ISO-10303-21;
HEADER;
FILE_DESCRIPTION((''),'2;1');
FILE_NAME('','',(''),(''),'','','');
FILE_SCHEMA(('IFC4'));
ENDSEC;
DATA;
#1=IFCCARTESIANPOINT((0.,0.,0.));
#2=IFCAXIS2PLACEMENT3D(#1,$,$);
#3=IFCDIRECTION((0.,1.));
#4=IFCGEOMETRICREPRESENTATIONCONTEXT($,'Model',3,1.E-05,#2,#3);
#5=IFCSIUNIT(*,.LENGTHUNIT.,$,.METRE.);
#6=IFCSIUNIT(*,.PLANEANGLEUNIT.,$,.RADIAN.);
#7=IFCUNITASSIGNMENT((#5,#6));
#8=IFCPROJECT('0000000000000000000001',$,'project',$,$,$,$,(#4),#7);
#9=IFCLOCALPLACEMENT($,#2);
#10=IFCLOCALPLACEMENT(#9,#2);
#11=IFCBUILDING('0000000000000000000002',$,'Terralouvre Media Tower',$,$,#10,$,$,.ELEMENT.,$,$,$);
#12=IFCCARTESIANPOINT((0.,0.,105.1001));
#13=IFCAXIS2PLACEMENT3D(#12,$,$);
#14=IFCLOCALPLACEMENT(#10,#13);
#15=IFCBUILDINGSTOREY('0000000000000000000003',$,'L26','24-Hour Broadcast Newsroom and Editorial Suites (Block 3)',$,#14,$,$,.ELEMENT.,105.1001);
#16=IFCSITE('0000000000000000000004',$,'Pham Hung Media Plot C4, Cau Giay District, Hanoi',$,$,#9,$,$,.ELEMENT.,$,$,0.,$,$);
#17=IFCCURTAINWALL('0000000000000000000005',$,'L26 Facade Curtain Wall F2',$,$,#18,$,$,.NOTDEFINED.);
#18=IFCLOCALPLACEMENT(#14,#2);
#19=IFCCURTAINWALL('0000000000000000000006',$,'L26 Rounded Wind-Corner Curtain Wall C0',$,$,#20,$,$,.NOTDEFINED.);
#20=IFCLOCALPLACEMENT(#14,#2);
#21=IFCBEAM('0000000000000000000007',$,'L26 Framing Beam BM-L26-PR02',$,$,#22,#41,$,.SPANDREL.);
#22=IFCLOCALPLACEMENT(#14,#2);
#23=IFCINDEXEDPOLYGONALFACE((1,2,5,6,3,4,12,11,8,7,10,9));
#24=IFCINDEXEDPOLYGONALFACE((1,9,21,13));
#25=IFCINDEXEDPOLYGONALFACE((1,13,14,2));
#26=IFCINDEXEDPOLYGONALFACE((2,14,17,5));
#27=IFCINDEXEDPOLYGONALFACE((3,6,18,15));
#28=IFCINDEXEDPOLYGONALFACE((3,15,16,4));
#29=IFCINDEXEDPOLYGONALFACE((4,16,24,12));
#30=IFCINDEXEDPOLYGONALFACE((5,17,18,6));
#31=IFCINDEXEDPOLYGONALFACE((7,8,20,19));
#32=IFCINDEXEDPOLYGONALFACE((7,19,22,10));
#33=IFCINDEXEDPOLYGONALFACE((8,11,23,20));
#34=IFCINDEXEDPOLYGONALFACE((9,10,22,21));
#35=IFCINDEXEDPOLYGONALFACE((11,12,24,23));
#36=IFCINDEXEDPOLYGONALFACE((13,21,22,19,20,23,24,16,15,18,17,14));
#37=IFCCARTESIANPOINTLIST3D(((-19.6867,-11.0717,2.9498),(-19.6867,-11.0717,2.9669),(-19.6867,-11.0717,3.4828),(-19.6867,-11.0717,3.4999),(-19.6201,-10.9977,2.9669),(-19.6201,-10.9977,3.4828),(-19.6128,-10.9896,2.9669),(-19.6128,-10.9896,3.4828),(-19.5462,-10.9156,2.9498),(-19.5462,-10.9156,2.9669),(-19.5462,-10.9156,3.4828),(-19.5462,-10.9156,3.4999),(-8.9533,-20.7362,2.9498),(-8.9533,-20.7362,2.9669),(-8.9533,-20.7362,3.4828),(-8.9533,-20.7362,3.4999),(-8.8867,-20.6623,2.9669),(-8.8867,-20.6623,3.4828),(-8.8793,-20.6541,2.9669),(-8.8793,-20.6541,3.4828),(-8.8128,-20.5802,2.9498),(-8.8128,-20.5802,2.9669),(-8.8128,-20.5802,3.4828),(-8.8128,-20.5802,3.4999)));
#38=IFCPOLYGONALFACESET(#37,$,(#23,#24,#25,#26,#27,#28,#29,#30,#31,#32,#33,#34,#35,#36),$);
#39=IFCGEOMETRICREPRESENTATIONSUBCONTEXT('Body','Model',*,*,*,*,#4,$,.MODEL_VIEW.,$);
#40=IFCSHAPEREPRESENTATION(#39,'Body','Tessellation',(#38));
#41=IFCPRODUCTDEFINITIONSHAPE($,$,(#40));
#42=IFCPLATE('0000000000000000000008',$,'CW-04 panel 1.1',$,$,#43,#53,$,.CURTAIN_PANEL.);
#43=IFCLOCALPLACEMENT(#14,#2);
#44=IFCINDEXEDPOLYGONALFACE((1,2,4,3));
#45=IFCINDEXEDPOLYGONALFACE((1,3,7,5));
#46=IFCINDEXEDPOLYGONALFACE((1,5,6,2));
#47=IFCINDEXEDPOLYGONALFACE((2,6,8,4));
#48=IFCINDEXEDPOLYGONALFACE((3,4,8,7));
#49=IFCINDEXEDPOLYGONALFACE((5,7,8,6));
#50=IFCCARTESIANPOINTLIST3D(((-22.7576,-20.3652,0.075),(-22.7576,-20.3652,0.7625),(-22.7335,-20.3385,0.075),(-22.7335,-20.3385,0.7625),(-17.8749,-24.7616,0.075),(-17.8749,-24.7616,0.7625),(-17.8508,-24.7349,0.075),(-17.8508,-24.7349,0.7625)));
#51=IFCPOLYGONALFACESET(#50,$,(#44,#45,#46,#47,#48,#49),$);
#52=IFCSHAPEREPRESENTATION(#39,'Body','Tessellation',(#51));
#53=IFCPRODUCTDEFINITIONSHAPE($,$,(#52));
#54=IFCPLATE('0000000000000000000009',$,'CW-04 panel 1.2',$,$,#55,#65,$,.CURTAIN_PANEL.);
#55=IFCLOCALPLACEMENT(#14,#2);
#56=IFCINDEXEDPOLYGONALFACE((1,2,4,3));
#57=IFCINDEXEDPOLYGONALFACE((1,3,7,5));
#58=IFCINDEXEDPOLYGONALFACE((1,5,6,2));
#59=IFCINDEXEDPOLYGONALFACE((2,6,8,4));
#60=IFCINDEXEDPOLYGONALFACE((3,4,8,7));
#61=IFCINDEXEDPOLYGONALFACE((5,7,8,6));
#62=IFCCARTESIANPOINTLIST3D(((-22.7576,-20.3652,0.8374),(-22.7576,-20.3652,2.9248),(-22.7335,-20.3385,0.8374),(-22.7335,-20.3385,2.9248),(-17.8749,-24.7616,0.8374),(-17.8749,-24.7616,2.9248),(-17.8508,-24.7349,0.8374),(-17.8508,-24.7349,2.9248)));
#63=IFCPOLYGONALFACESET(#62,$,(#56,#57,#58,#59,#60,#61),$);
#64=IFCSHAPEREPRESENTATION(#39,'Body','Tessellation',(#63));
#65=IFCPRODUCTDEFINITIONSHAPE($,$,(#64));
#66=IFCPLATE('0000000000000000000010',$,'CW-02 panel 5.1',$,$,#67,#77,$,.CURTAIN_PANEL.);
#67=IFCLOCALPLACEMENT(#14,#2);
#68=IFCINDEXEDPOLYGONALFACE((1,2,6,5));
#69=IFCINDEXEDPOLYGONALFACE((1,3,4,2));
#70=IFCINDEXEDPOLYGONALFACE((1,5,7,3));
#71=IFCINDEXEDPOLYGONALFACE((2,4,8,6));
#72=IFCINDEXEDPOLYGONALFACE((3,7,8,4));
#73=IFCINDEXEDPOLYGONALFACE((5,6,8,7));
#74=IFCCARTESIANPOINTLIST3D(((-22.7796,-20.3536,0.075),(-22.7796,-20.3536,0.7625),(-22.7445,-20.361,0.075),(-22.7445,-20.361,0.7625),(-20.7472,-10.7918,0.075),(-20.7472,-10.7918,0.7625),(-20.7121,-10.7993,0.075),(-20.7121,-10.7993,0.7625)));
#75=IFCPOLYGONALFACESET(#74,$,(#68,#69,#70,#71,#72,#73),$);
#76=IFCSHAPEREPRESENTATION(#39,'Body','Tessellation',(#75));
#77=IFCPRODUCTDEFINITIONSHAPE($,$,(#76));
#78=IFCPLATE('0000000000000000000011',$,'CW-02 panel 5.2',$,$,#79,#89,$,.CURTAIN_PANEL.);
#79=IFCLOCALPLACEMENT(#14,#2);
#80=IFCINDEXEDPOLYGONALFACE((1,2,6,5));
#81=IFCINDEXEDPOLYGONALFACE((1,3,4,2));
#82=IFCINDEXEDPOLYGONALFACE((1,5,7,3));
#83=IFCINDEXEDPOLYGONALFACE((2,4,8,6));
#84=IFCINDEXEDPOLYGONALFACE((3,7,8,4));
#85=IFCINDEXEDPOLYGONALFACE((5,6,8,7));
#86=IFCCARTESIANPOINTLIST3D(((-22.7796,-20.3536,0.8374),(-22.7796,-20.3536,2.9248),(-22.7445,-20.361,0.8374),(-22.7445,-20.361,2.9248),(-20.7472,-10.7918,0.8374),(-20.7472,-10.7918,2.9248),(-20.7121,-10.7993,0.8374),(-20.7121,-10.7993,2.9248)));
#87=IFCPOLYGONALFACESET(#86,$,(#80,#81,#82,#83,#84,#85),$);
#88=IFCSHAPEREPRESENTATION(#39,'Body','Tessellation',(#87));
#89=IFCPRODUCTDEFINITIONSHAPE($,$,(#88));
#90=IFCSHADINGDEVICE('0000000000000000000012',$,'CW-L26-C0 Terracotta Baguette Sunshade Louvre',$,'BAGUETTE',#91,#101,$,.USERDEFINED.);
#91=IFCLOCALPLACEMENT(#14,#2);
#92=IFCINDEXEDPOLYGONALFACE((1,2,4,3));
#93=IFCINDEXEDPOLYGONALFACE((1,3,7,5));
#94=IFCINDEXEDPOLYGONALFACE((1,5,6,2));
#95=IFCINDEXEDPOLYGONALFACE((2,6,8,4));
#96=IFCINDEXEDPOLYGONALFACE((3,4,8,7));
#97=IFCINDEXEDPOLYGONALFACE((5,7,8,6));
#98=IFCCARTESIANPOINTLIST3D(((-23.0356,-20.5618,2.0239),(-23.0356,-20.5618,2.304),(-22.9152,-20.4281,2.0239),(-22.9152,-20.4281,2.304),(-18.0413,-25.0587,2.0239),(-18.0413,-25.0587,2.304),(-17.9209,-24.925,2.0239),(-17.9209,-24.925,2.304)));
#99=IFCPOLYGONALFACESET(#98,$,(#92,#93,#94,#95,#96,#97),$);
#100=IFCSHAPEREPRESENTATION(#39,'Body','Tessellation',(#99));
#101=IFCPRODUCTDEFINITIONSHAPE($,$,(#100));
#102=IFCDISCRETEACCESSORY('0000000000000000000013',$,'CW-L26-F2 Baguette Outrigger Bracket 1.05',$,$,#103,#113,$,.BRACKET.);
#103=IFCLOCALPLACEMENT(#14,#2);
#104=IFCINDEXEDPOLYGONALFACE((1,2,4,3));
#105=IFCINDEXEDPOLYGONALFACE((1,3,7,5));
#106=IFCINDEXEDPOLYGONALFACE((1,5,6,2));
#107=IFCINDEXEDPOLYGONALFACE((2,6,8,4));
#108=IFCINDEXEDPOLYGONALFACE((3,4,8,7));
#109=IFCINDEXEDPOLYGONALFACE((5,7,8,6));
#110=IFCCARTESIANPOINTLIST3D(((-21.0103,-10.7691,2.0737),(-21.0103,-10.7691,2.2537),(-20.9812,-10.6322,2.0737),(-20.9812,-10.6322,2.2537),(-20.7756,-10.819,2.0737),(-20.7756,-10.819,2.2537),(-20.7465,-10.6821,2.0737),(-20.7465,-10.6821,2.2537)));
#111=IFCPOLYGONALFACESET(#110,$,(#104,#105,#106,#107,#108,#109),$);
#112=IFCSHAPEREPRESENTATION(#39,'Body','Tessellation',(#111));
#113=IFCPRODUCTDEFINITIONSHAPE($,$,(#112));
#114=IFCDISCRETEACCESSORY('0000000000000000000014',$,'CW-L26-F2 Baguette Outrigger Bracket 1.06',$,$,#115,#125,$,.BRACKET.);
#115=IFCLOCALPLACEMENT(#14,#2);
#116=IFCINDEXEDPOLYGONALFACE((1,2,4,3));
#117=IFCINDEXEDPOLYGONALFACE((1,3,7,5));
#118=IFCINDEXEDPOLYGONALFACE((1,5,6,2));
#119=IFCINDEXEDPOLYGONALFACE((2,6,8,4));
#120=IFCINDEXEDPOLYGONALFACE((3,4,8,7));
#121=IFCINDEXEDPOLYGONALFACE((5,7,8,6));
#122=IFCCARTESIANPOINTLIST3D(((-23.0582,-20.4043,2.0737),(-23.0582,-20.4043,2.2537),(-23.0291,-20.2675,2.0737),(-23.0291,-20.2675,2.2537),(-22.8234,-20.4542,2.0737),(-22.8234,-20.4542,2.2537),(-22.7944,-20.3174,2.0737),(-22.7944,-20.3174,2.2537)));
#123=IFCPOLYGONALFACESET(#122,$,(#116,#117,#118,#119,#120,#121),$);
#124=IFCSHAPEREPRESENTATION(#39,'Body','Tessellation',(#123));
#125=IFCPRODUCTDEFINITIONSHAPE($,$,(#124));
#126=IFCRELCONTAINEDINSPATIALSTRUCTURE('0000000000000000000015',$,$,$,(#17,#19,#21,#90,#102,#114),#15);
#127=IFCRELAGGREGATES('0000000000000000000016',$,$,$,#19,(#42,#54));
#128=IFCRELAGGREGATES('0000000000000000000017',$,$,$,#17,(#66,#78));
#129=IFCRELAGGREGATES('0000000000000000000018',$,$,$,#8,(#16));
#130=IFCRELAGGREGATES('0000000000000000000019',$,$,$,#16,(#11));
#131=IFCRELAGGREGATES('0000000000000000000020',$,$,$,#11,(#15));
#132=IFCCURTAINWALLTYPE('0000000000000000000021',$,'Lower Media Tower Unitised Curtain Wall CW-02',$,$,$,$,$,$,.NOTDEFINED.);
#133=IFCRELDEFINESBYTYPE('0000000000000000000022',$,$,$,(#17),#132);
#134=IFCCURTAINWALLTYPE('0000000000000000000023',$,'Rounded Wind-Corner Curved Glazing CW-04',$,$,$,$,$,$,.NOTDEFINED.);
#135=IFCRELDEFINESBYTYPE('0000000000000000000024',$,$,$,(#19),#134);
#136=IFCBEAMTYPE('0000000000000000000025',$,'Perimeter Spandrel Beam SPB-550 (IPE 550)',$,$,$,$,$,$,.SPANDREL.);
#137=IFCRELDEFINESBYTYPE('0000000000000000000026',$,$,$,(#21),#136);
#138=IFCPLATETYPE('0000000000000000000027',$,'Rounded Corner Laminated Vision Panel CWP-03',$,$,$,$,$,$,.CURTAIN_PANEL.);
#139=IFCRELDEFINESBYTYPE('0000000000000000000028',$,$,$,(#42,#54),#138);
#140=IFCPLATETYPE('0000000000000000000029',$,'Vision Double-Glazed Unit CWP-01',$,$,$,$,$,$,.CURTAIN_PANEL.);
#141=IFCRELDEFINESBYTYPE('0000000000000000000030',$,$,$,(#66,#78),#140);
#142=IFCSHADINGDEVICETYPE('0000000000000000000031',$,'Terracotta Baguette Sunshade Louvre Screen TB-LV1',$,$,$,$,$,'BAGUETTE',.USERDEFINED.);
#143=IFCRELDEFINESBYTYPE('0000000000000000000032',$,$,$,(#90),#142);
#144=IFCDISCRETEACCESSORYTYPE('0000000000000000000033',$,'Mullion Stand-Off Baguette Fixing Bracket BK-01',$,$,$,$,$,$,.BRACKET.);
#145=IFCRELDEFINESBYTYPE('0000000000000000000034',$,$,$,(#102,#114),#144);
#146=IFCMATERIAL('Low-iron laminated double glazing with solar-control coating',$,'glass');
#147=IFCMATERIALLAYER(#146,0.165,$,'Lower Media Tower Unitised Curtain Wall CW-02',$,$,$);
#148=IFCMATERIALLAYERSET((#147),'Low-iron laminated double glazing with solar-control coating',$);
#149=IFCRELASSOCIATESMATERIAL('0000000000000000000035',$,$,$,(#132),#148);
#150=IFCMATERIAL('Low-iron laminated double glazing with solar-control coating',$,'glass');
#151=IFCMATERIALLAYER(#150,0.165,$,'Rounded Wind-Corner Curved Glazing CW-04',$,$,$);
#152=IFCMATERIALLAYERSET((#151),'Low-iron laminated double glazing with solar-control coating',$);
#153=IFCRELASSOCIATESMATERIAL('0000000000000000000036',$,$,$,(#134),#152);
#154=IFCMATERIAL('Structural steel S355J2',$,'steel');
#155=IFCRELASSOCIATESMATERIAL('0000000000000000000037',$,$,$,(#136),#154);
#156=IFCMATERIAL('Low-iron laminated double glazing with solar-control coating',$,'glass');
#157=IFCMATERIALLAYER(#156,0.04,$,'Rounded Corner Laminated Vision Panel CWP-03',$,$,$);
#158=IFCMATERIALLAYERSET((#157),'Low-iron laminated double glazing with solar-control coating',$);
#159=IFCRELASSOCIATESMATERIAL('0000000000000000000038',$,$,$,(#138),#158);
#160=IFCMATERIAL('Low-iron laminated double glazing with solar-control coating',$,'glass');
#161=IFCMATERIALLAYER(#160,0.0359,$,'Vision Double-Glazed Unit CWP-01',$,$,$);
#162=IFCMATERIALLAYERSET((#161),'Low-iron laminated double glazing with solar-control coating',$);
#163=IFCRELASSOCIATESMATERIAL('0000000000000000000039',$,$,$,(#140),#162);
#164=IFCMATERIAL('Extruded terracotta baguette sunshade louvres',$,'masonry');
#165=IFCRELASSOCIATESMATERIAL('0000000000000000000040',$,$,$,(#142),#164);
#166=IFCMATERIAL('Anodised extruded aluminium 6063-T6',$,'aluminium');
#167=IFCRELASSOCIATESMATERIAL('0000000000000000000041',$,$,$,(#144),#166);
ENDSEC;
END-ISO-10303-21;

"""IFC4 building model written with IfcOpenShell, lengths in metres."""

from ifc_helpers import new_model, si_unit, direction, frame, origin, origin_2d, place, context, subcontext, project, spatial, rectangle, i_section, extrude, material, layer, layer_set, material_profile, profile_set, type_object, element, aggregate, save


model = new_model("IFC4")

# Units and contexts
model_context = context("Model", 3, precision=1e-05, world=origin(), true_north=direction((0.0, 1.0)))
body_context = subcontext(model_context, "Body", "Model", "MODEL_VIEW")
ifc_project = project(units=[si_unit("LENGTHUNIT", "METRE"), si_unit("PLANEANGLEUNIT", "RADIAN")], contexts=[model_context])

# Site, building, storey
site_placement = place(None, origin())
site = spatial("IfcSite", under=ifc_project, at=site_placement, Name="Pham Hung Media Plot C4, Cau Giay District, Hanoi", CompositionType="ELEMENT", RefElevation=0.0)
building_placement = place(site_placement, origin())
building = spatial("IfcBuilding", under=site, at=building_placement, Name="Terralouvre Media Tower", CompositionType="ELEMENT")
storey_placement = place(building_placement, frame((0.0, 0.0, 105.1001)))
storey = spatial("IfcBuildingStorey", under=building, at=storey_placement, Name="L26", Description="24-Hour Broadcast Newsroom and Editorial Suites (Block 3)", CompositionType="ELEMENT", Elevation=105.1001)

# Curtain walls
ifc_material_1 = material(Name="Low-iron laminated double glazing with solar-control coating", Category="glass")
ifc_layer_1 = layer(ifc_material_1, 0.165, Name="Lower Media Tower Unitised Curtain Wall CW-02")
ifc_layer_set_1 = layer_set([ifc_layer_1], Name="Low-iron laminated double glazing with solar-control coating")
curtain_wall_type_1 = type_object("IfcCurtainWallType", Name="Lower Media Tower Unitised Curtain Wall CW-02", PredefinedType="NOTDEFINED", material=ifc_layer_set_1)
curtain_wall_1_placement = place(storey_placement, origin())
curtain_wall_1 = element("IfcCurtainWall", 1, at=curtain_wall_1_placement, inside=storey, type_object=curtain_wall_type_1, Name="L26 Facade Curtain Wall F2", PredefinedType="NOTDEFINED")
ifc_material_2 = material(Name="Low-iron laminated double glazing with solar-control coating", Category="glass")
ifc_layer_2 = layer(ifc_material_2, 0.165, Name="Rounded Wind-Corner Curved Glazing CW-04")
ifc_layer_set_2 = layer_set([ifc_layer_2], Name="Low-iron laminated double glazing with solar-control coating")
curtain_wall_type_2 = type_object("IfcCurtainWallType", Name="Rounded Wind-Corner Curved Glazing CW-04", PredefinedType="NOTDEFINED", material=ifc_layer_set_2)
curtain_wall_2_placement = place(storey_placement, origin())
curtain_wall_2 = element("IfcCurtainWall", 2, at=curtain_wall_2_placement, inside=storey, type_object=curtain_wall_type_2, Name="L26 Rounded Wind-Corner Curtain Wall C0", PredefinedType="NOTDEFINED")

# Beam
ifc_material_3 = material(Name="Structural steel S355J2", Category="steel")
ifc_material_profile_1 = material_profile(ifc_material_3, i_section(OverallWidth=0.21, OverallDepth=0.55, WebThickness=0.011, FlangeThickness=0.0171, at=origin_2d()), Name="IPE 550")
ifc_profile_set_1 = profile_set([ifc_material_profile_1], Name="Structural steel S355J2")
beam_type = type_object("IfcBeamType", Name="Perimeter Spandrel Beam SPB-550 (IPE 550)", PredefinedType="SPANDREL", material=ifc_profile_set_1)
beam_placement = place(storey_placement, frame((-19.6165, -10.9937, 3.2249), z_axis=(0.743139, -0.669137, 0.0), x_axis=(0.669137, 0.743139, 0.0)))
element("IfcBeam", 3, at=beam_placement, inside=storey, type_object=beam_type, Name="L26 Framing Beam BM-L26-PR02", PredefinedType="SPANDREL", context=body_context, shape_type="SweptSolid", body=[
    extrude(i_section(OverallWidth=0.21, OverallDepth=0.55, WebThickness=0.011, FlangeThickness=0.0171, at=origin_2d()), origin(), (0.0, 0.0, 1.0), 14.4434),
])

# Plates
ifc_material_4 = material(Name="Low-iron laminated double glazing with solar-control coating", Category="glass")
ifc_layer_3 = layer(ifc_material_4, 0.04, Name="Rounded Corner Laminated Vision Panel CWP-03")
ifc_layer_set_3 = layer_set([ifc_layer_3], Name="Low-iron laminated double glazing with solar-control coating")
plate_type_1 = type_object("IfcPlateType", Name="Rounded Corner Laminated Vision Panel CWP-03", PredefinedType="CURTAIN_PANEL", material=ifc_layer_set_3)
plate_1_placement = place(storey_placement, frame((-20.3042, -22.55, 0.075), z_axis=(0.0, 0.0, 1.0), x_axis=(0.743145, -0.669131, 0.0)))
plate_1 = element("IfcPlate", 4, at=plate_1_placement, type_object=plate_type_1, Name="CW-04 panel 1.1", PredefinedType="CURTAIN_PANEL", context=body_context, shape_type="SweptSolid", body=[
    extrude(rectangle(XDim=6.5703, YDim=0.0359, at=origin_2d()), origin(), (0.0, 0.0, 1.0), 0.6875),
])
plate_2_placement = place(storey_placement, frame((-20.3042, -22.55, 0.8374), z_axis=(0.0, 0.0, 1.0), x_axis=(0.743145, -0.669131, 0.0)))
plate_2 = element("IfcPlate", 5, at=plate_2_placement, type_object=plate_type_1, Name="CW-04 panel 1.2", PredefinedType="CURTAIN_PANEL", context=body_context, shape_type="SweptSolid", body=[
    extrude(rectangle(XDim=6.5703, YDim=0.0359, at=origin_2d()), origin(), (0.0, 0.0, 1.0), 2.0874),
])
aggregate(curtain_wall_2, [plate_1, plate_2])
ifc_material_5 = material(Name="Low-iron laminated double glazing with solar-control coating", Category="glass")
ifc_layer_4 = layer(ifc_material_5, 0.0359, Name="Vision Double-Glazed Unit CWP-01")
ifc_layer_set_4 = layer_set([ifc_layer_4], Name="Low-iron laminated double glazing with solar-control coating")
plate_type_2 = type_object("IfcPlateType", Name="Vision Double-Glazed Unit CWP-01", PredefinedType="CURTAIN_PANEL", material=ifc_layer_set_4)
plate_3_placement = place(storey_placement, frame((-21.7458, -15.5764, 0.075), z_axis=(0.0, 0.0, 1.0), x_axis=(-0.207912, -0.978148, 0.0)))
plate_3 = element("IfcPlate", 6, at=plate_3_placement, type_object=plate_type_2, Name="CW-02 panel 5.1", PredefinedType="CURTAIN_PANEL", context=body_context, shape_type="SweptSolid", body=[
    extrude(rectangle(XDim=9.7754, YDim=0.0359, at=origin_2d()), origin(), (0.0, 0.0, 1.0), 0.6875),
])
plate_4_placement = place(storey_placement, frame((-21.7458, -15.5764, 0.8374), z_axis=(0.0, 0.0, 1.0), x_axis=(-0.207912, -0.978148, 0.0)))
plate_4 = element("IfcPlate", 7, at=plate_4_placement, type_object=plate_type_2, Name="CW-02 panel 5.2", PredefinedType="CURTAIN_PANEL", context=body_context, shape_type="SweptSolid", body=[
    extrude(rectangle(XDim=9.7754, YDim=0.0359, at=origin_2d()), origin(), (0.0, 0.0, 1.0), 2.0874),
])
aggregate(curtain_wall_1, [plate_3, plate_4])

# Shading device
ifc_material_6 = material(Name="Extruded terracotta baguette sunshade louvres", Category="masonry")
shading_device_type = type_object("IfcShadingDeviceType", Name="Terracotta Baguette Sunshade Louvre Screen TB-LV1", ElementType="BAGUETTE", PredefinedType="USERDEFINED", material=ifc_material_6)
shading_device_placement = place(storey_placement, frame((-20.4783, -22.7434, 2.0239), z_axis=(0.0, 0.0, 1.0), x_axis=(0.743145, -0.669131, 0.0)))
element("IfcShadingDevice", 8, at=shading_device_placement, inside=storey, type_object=shading_device_type, Name="CW-L26-C0 Terracotta Baguette Sunshade Louvre", ObjectType="BAGUETTE", PredefinedType="USERDEFINED", context=body_context, shape_type="SweptSolid", body=[
    extrude(rectangle(XDim=6.7205, YDim=0.1799, at=origin_2d()), origin(), (0.0, 0.0, 1.0), 0.28),
])

# Discrete accessories
ifc_material_7 = material(Name="Anodised extruded aluminium 6063-T6", Category="aluminium")
discrete_accessory_type = type_object("IfcDiscreteAccessoryType", Name="Mullion Stand-Off Baguette Fixing Bracket BK-01", PredefinedType="BRACKET", material=ifc_material_7)
for number, where, z_axis, x_axis, name in (
    (9, (-20.8784, -10.7256, 2.0737), (0.0, 0.0, 1.0), (-0.207912, -0.978148, 0.0), "CW-L26-F2 Baguette Outrigger Bracket 1.05"),
    (10, (-22.9263, -20.3608, 2.0737), (0.0, 0.0, 1.0), (-0.207912, -0.978148, 0.0), "CW-L26-F2 Baguette Outrigger Bracket 1.06"),
):
    element("IfcDiscreteAccessory", number, at=place(storey_placement, frame(where, z_axis=z_axis, x_axis=x_axis)), inside=storey, type_object=discrete_accessory_type, Name=name, PredefinedType="BRACKET", context=body_context, shape_type="SweptSolid", body=[
        extrude(rectangle(XDim=0.1399, YDim=0.24, at=origin_2d()), origin(), (0.0, 0.0, 1.0), 0.1799),
    ])

save(model, "model.ifc")
